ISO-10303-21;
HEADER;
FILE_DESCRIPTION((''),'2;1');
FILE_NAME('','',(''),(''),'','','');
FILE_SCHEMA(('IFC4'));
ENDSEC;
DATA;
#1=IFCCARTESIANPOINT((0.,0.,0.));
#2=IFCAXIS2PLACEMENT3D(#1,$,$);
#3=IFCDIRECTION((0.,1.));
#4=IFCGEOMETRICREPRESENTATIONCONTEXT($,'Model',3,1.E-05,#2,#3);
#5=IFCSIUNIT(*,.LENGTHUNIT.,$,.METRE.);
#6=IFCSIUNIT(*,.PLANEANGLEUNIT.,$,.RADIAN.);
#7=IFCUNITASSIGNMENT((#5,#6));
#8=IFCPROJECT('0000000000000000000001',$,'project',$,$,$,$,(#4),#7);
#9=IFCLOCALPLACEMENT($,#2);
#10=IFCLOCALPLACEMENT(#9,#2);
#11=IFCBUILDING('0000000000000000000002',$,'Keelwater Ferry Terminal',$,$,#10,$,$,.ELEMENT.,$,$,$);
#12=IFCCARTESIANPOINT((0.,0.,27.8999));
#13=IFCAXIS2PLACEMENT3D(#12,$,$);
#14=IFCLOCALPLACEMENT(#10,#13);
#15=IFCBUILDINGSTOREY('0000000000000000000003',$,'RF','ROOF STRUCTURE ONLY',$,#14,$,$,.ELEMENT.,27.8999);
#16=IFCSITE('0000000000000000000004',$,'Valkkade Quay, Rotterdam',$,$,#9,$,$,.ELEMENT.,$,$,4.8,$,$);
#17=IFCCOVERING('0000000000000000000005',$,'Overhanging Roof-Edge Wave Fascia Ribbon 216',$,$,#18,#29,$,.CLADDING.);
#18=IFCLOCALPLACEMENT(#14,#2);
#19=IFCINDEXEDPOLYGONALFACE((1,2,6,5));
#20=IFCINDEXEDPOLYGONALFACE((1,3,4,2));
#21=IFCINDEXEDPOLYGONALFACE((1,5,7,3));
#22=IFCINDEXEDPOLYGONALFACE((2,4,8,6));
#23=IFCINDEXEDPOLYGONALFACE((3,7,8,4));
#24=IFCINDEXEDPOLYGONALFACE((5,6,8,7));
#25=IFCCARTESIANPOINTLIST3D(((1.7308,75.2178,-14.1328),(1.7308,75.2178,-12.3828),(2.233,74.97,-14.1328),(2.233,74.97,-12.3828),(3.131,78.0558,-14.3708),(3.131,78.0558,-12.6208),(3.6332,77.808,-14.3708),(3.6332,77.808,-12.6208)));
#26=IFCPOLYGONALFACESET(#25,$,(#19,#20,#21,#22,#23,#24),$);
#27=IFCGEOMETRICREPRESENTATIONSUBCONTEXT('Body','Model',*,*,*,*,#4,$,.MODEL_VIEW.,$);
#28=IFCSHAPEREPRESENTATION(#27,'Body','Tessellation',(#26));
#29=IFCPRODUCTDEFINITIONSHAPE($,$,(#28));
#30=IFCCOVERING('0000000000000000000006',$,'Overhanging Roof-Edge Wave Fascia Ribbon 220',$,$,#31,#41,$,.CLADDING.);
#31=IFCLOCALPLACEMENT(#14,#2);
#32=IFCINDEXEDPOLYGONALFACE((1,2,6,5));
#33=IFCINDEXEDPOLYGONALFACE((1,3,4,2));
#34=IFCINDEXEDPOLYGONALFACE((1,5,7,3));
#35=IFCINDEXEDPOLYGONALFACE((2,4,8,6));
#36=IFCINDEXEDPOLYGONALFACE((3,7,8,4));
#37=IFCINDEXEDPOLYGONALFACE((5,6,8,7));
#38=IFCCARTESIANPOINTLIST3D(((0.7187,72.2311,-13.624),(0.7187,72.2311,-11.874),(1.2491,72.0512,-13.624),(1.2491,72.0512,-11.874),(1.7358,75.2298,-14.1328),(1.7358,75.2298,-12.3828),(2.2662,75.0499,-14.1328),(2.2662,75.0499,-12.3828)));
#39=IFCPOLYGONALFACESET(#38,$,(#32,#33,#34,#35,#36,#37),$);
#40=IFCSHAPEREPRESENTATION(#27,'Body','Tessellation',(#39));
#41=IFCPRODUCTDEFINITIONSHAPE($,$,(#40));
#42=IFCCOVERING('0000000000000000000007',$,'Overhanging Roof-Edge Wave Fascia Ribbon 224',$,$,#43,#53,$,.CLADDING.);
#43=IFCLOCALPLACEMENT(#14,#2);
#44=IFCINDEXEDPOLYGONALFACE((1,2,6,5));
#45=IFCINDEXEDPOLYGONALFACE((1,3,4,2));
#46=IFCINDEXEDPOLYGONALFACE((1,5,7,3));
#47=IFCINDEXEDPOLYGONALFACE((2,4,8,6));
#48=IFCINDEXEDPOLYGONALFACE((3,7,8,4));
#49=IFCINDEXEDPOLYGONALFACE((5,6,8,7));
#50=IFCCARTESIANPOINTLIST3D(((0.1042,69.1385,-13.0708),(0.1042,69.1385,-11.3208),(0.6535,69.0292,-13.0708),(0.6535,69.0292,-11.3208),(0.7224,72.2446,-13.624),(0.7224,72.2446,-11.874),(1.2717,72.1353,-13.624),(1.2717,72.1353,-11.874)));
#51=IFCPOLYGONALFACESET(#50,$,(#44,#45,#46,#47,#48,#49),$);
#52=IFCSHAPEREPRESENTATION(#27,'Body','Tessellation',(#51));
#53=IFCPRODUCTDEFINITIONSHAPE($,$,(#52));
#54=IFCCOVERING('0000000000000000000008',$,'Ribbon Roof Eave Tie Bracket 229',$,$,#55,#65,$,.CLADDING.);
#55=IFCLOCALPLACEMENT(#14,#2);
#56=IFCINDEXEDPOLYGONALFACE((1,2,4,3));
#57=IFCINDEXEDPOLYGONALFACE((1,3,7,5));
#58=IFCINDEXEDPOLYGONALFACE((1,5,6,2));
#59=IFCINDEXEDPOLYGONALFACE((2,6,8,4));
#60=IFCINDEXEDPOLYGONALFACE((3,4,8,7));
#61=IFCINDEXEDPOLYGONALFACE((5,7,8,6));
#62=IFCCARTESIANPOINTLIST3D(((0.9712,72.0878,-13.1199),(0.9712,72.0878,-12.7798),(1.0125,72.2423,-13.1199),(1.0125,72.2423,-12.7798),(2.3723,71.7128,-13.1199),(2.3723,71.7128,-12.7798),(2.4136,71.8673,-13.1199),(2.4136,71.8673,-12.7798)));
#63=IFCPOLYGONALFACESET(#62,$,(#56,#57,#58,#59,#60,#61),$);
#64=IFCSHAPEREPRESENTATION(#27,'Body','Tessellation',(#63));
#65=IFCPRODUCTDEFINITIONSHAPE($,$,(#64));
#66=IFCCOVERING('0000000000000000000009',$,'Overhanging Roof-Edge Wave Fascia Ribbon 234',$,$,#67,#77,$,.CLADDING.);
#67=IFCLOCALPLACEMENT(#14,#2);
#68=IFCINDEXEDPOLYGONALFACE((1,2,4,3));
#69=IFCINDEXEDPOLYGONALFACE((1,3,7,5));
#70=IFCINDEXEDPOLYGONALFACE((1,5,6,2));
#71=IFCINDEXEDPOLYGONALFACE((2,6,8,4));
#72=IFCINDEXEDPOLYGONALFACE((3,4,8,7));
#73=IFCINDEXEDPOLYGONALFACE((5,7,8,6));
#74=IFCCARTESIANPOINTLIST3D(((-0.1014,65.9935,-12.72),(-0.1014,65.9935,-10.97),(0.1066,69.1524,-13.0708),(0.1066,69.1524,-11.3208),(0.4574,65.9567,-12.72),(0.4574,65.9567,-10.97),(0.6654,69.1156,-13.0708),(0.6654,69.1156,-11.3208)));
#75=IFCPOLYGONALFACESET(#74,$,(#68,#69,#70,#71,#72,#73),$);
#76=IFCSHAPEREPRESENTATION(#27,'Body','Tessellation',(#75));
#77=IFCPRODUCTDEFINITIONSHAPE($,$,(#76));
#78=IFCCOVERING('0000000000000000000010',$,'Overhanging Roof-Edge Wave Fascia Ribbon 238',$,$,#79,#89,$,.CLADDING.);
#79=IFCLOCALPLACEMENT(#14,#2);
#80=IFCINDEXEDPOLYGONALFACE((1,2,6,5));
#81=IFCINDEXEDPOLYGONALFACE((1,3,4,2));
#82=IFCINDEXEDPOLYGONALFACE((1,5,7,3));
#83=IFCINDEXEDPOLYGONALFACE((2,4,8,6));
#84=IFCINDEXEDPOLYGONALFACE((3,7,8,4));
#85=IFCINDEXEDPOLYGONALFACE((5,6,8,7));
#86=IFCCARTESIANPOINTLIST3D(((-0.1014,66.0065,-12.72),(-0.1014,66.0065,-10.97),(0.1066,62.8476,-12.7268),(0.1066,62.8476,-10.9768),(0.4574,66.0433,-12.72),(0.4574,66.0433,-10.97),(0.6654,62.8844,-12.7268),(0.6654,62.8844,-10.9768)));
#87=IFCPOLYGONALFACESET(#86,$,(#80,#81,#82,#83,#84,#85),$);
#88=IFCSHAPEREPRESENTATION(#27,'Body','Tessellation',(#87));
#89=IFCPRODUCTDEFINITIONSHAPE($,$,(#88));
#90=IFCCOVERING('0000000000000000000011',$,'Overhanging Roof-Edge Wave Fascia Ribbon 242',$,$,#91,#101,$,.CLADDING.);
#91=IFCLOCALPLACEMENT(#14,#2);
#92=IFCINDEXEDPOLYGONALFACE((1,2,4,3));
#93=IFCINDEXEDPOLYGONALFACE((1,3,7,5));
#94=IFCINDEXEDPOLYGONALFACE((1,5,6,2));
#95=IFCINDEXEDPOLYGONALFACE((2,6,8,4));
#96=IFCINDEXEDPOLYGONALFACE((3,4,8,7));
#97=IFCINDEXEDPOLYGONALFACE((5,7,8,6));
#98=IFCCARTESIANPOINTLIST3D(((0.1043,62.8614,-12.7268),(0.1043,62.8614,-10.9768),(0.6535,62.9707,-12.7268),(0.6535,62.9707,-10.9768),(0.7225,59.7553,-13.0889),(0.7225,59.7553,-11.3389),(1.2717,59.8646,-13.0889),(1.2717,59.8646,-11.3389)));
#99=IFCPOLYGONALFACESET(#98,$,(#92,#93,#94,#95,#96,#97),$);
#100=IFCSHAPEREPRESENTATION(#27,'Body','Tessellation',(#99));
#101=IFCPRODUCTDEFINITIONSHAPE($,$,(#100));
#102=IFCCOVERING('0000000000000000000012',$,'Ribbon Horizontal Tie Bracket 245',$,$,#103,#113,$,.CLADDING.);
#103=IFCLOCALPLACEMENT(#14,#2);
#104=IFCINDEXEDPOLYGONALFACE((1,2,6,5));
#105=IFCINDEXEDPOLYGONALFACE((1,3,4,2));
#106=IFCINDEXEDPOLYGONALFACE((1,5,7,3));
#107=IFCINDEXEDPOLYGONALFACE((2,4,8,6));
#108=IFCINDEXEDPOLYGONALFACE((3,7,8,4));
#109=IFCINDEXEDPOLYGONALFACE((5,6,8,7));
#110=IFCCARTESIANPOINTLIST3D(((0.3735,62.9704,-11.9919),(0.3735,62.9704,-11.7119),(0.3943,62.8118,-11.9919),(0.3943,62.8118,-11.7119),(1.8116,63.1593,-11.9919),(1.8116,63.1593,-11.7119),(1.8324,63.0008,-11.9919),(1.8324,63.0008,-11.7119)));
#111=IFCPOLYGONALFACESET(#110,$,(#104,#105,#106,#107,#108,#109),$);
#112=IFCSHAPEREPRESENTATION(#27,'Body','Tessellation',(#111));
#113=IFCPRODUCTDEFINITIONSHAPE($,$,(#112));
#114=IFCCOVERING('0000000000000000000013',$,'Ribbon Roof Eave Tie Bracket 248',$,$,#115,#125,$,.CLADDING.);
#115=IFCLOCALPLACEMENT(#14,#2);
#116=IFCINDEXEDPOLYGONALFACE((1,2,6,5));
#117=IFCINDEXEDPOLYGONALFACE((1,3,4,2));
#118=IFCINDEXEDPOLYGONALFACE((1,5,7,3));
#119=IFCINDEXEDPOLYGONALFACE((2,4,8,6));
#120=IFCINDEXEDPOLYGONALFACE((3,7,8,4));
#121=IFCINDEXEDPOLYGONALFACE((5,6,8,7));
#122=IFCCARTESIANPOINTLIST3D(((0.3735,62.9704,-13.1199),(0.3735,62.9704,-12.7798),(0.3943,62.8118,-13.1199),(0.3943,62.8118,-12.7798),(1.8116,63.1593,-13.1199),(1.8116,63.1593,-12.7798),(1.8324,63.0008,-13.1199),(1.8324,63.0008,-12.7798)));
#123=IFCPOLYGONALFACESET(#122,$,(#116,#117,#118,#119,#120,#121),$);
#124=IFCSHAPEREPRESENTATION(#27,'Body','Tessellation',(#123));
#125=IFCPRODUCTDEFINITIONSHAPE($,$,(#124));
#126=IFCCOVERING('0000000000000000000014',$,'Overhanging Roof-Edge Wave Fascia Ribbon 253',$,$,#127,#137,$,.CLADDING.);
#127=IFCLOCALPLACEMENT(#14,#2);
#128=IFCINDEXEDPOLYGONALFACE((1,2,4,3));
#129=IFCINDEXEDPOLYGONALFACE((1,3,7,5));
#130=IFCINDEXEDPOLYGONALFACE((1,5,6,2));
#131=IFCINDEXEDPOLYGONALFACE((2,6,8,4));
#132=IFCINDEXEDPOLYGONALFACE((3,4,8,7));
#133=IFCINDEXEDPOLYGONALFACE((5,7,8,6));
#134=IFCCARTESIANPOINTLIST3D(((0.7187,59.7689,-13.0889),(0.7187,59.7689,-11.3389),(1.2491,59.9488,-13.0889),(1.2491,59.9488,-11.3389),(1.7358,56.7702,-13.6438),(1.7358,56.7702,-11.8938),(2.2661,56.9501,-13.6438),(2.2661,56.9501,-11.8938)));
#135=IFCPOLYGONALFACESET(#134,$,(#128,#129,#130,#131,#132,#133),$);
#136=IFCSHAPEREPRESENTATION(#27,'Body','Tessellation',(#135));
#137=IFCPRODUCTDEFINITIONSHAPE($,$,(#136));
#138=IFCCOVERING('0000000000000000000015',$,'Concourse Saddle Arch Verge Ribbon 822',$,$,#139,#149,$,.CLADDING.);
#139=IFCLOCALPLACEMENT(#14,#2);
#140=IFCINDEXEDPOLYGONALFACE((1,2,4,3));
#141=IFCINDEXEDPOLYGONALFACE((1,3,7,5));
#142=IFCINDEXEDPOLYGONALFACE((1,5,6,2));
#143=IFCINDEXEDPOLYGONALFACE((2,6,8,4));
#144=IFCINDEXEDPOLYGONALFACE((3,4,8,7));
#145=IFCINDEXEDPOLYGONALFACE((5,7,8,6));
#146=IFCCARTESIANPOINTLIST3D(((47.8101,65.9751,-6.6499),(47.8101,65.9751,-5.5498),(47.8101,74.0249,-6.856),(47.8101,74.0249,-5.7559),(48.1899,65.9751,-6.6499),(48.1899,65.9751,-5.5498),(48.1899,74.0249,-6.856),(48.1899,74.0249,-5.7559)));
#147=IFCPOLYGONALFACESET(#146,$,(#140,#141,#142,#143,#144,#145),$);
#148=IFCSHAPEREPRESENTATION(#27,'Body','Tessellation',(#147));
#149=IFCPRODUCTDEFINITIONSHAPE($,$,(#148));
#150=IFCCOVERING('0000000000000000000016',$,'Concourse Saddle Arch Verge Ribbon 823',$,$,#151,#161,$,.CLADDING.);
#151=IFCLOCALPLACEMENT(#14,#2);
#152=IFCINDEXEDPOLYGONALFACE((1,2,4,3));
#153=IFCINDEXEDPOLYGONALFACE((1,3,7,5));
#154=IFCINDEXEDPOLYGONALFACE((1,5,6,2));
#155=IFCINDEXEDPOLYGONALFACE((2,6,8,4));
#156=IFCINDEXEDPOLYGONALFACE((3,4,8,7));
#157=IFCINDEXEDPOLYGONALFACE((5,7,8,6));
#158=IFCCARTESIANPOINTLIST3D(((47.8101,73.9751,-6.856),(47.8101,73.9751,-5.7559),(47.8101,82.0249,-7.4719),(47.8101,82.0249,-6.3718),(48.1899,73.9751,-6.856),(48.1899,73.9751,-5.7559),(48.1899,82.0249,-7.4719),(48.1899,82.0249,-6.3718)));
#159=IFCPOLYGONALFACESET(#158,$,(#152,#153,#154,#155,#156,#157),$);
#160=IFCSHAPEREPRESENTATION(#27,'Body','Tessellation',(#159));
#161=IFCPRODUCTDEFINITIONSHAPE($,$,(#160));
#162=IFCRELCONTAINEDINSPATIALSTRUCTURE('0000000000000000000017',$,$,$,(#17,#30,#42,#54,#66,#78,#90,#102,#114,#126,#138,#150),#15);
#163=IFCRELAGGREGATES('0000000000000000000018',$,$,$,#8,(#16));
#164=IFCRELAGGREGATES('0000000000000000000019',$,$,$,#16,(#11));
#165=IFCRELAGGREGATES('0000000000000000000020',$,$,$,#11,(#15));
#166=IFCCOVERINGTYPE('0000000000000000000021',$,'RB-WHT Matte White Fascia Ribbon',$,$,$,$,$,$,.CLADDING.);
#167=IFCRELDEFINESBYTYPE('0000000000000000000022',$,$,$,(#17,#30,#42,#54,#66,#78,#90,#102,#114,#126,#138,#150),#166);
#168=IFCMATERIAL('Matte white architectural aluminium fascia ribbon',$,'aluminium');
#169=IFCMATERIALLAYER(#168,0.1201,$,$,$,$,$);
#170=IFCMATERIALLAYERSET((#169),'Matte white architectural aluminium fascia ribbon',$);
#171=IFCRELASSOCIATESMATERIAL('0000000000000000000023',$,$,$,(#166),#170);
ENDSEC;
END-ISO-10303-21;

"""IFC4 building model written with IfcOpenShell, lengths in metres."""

from ifc_helpers import new_model, si_unit, direction, frame, frame_2d, origin, place, context, subcontext, project, spatial, polyline, rectangle, outline, extrude, material, layer, layer_set, type_object, element, save


model = new_model("IFC4")

# Units and contexts
model_context = context("Model", 3, precision=1e-05, world=origin(), true_north=direction((0.0, 1.0)))
body_context = subcontext(model_context, "Body", "Model", "MODEL_VIEW")
ifc_project = project(units=[si_unit("LENGTHUNIT", "METRE"), si_unit("PLANEANGLEUNIT", "RADIAN")], contexts=[model_context])

# Site, building, storey
site_placement = place(None, origin())
site = spatial("IfcSite", under=ifc_project, at=site_placement, Name="Valkkade Quay, Rotterdam", CompositionType="ELEMENT", RefElevation=4.8)
building_placement = place(site_placement, origin())
building = spatial("IfcBuilding", under=site, at=building_placement, Name="Keelwater Ferry Terminal", CompositionType="ELEMENT")
storey_placement = place(building_placement, frame((0.0, 0.0, 27.8999)))
storey = spatial("IfcBuildingStorey", under=building, at=storey_placement, Name="RF", Description="ROOF STRUCTURE ONLY", CompositionType="ELEMENT", Elevation=27.8999)

# Coverings
ifc_material_1 = material(Name="Matte white architectural aluminium fascia ribbon", Category="aluminium")
ifc_layer_1 = layer(ifc_material_1, 0.1201)
ifc_layer_set_1 = layer_set([ifc_layer_1], Name="Matte white architectural aluminium fascia ribbon")
covering_type = type_object("IfcCoveringType", Name="RB-WHT Matte White Fascia Ribbon", PredefinedType="CLADDING", material=ifc_layer_set_1)
covering_1_placement = place(storey_placement, frame((3.3821, 77.9319, -14.3708), z_axis=(0.0, 0.0, 1.0), x_axis=(-0.442455, -0.896791, 0.0)))
element("IfcCovering", 1, at=covering_1_placement, inside=storey, type_object=covering_type, Name="Overhanging Roof-Edge Wave Fascia Ribbon 216", PredefinedType="CLADDING", context=body_context, shape_type="SweptSolid", body=[
    extrude(outline(polyline([(0.0, 0.0), (3.1646, 0.238), (3.1646, 1.988), (0.0, 1.75), (0.0, 0.0)])), frame((0.0, 0.28, 0.0), z_axis=(0.0, -1.0, 0.0), x_axis=(1.0, 0.0, 0.0)), (0.0, 0.0, 1.0), 0.5601),
])
covering_2_placement = place(storey_placement, frame((2.001, 75.1399, -14.1328), z_axis=(0.0, 0.0, 1.0), x_axis=(-0.321196, -0.947013, 0.0)))
element("IfcCovering", 2, at=covering_2_placement, inside=storey, type_object=covering_type, Name="Overhanging Roof-Edge Wave Fascia Ribbon 220", PredefinedType="CLADDING", context=body_context, shape_type="SweptSolid", body=[
    extrude(outline(polyline([(0.0, 0.0), (3.1665, 0.5088), (3.1665, 2.2588), (0.0, 1.75), (0.0, 0.0)])), frame((0.0, 0.28, 0.0), z_axis=(0.0, -1.0, 0.0), x_axis=(1.0, 0.0, 0.0)), (0.0, 0.0, 1.0), 0.5601),
])
covering_3_placement = place(storey_placement, frame((0.9971, 72.1899, -13.624), z_axis=(0.0, 0.0, 1.0), x_axis=(-0.195197, -0.980764, 0.0)))
element("IfcCovering", 3, at=covering_3_placement, inside=storey, type_object=covering_type, Name="Overhanging Roof-Edge Wave Fascia Ribbon 224", PredefinedType="CLADDING", context=body_context, shape_type="SweptSolid", body=[
    extrude(outline(polyline([(0.0, 0.0), (3.167, 0.5532), (3.167, 2.3032), (0.0, 1.75), (0.0, 0.0)])), frame((0.0, 0.28, 0.0), z_axis=(0.0, -1.0, 0.0), x_axis=(1.0, 0.0, 0.0)), (0.0, 0.0, 1.0), 0.5601),
])
covering_4_placement = place(storey_placement, frame((0.9919, 72.165, -13.1199), z_axis=(0.0, 0.0, 1.0), x_axis=(0.966, -0.258543, 0.0)))
element("IfcCovering", 4, at=covering_4_placement, inside=storey, type_object=covering_type, Name="Ribbon Roof Eave Tie Bracket 229", PredefinedType="CLADDING", context=body_context, shape_type="SweptSolid", body=[
    extrude(rectangle(XDim=1.4504, YDim=0.1599, at=frame_2d((0.7251, 0.0))), origin(), (0.0, 0.0, 1.0), 0.3401),
])
covering_5_placement = place(storey_placement, frame((0.386, 69.134, -13.0708), z_axis=(0.0, 0.0, 1.0), x_axis=(-0.065705, -0.997839, 0.0)))
element("IfcCovering", 5, at=covering_5_placement, inside=storey, type_object=covering_type, Name="Overhanging Roof-Edge Wave Fascia Ribbon 234", PredefinedType="CLADDING", context=body_context, shape_type="SweptSolid", body=[
    extrude(outline(polyline([(0.0, 0.0), (3.1658, 0.3508), (3.1658, 2.1008), (0.0, 1.75), (0.0, 0.0)])), frame((0.0, 0.28, 0.0), z_axis=(0.0, -1.0, 0.0), x_axis=(1.0, 0.0, 0.0)), (0.0, 0.0, 1.0), 0.5601),
])
covering_6_placement = place(storey_placement, frame((0.178, 66.0249, -12.7268), z_axis=(0.0, 0.0, 1.0), x_axis=(0.065705, -0.997839, 0.0)))
element("IfcCovering", 6, at=covering_6_placement, inside=storey, type_object=covering_type, Name="Overhanging Roof-Edge Wave Fascia Ribbon 238", PredefinedType="CLADDING", context=body_context, shape_type="SweptSolid", body=[
    extrude(outline(polyline([(0.0, 0.0068), (3.1658, 0.0), (3.1658, 1.75), (0.0, 1.7568), (0.0, 0.0068)])), frame((0.0, 0.28, 0.0), z_axis=(0.0, -1.0, 0.0), x_axis=(1.0, 0.0, 0.0)), (0.0, 0.0, 1.0), 0.5601),
])
covering_7_placement = place(storey_placement, frame((0.3789, 62.916, -13.0889), z_axis=(0.0, 0.0, 1.0), x_axis=(0.195197, -0.980764, 0.0)))
element("IfcCovering", 7, at=covering_7_placement, inside=storey, type_object=covering_type, Name="Overhanging Roof-Edge Wave Fascia Ribbon 242", PredefinedType="CLADDING", context=body_context, shape_type="SweptSolid", body=[
    extrude(outline(polyline([(0.0, 0.3621), (3.167, 0.0), (3.167, 1.75), (0.0, 2.1121), (0.0, 0.3621)])), frame((0.0, 0.28, 0.0), z_axis=(0.0, -1.0, 0.0), x_axis=(1.0, 0.0, 0.0)), (0.0, 0.0, 1.0), 0.5601),
])
covering_8_placement = place(storey_placement, frame((0.384, 62.8911, -11.9919), z_axis=(0.0, 0.0, 1.0), x_axis=(0.991476, 0.130289, 0.0)))
element("IfcCovering", 8, at=covering_8_placement, inside=storey, type_object=covering_type, Name="Ribbon Horizontal Tie Bracket 245", PredefinedType="CLADDING", context=body_context, shape_type="SweptSolid", body=[
    extrude(rectangle(XDim=1.4504, YDim=0.1599, at=frame_2d((0.7251, 0.0))), origin(), (0.0, 0.0, 1.0), 0.28),
])
covering_9_placement = place(storey_placement, frame((0.384, 62.8911, -13.1199), z_axis=(0.0, 0.0, 1.0), x_axis=(0.991476, 0.130289, 0.0)))
element("IfcCovering", 9, at=covering_9_placement, inside=storey, type_object=covering_type, Name="Ribbon Roof Eave Tie Bracket 248", PredefinedType="CLADDING", context=body_context, shape_type="SweptSolid", body=[
    extrude(rectangle(XDim=1.4504, YDim=0.1599, at=frame_2d((0.7251, 0.0))), origin(), (0.0, 0.0, 1.0), 0.3401),
])
covering_10_placement = place(storey_placement, frame((0.9839, 59.8589, -13.6438), z_axis=(0.0, 0.0, 1.0), x_axis=(0.321196, -0.947013, 0.0)))
element("IfcCovering", 10, at=covering_10_placement, inside=storey, type_object=covering_type, Name="Overhanging Roof-Edge Wave Fascia Ribbon 253", PredefinedType="CLADDING", context=body_context, shape_type="SweptSolid", body=[
    extrude(outline(polyline([(0.0, 0.5549), (3.1665, 0.0), (3.1665, 1.75), (0.0, 2.3049), (0.0, 0.5549)])), frame((0.0, 0.28, 0.0), z_axis=(0.0, -1.0, 0.0), x_axis=(1.0, 0.0, 0.0)), (0.0, 0.0, 1.0), 0.5601),
])
covering_11_placement = place(storey_placement, frame((48.0, 65.9751, -6.856), z_axis=(0.0, 0.0, 1.0), x_axis=(0.0, 1.0, 0.0)))
element("IfcCovering", 11, at=covering_11_placement, inside=storey, type_object=covering_type, Name="Concourse Saddle Arch Verge Ribbon 822", PredefinedType="CLADDING", context=body_context, shape_type="SweptSolid", body=[
    extrude(outline(polyline([(0.0, 0.2061), (8.0498, 0.0), (8.0498, 1.1001), (0.0, 1.3062), (0.0, 0.2061)])), frame((0.0, 0.1899, 0.0), z_axis=(0.0, -1.0, 0.0), x_axis=(1.0, 0.0, 0.0)), (0.0, 0.0, 1.0), 0.3799),
])
covering_12_placement = place(storey_placement, frame((48.0, 73.9751, -7.4719), z_axis=(0.0, 0.0, 1.0), x_axis=(0.0, 1.0, 0.0)))
element("IfcCovering", 12, at=covering_12_placement, inside=storey, type_object=covering_type, Name="Concourse Saddle Arch Verge Ribbon 823", PredefinedType="CLADDING", context=body_context, shape_type="SweptSolid", body=[
    extrude(outline(polyline([(0.0, 0.616), (8.0498, 0.0), (8.0498, 1.1001), (0.0, 1.7161), (0.0, 0.616)])), frame((0.0, 0.1899, 0.0), z_axis=(0.0, -1.0, 0.0), x_axis=(1.0, 0.0, 0.0)), (0.0, 0.0, 1.0), 0.3799),
])

save(model, "model.ifc")
